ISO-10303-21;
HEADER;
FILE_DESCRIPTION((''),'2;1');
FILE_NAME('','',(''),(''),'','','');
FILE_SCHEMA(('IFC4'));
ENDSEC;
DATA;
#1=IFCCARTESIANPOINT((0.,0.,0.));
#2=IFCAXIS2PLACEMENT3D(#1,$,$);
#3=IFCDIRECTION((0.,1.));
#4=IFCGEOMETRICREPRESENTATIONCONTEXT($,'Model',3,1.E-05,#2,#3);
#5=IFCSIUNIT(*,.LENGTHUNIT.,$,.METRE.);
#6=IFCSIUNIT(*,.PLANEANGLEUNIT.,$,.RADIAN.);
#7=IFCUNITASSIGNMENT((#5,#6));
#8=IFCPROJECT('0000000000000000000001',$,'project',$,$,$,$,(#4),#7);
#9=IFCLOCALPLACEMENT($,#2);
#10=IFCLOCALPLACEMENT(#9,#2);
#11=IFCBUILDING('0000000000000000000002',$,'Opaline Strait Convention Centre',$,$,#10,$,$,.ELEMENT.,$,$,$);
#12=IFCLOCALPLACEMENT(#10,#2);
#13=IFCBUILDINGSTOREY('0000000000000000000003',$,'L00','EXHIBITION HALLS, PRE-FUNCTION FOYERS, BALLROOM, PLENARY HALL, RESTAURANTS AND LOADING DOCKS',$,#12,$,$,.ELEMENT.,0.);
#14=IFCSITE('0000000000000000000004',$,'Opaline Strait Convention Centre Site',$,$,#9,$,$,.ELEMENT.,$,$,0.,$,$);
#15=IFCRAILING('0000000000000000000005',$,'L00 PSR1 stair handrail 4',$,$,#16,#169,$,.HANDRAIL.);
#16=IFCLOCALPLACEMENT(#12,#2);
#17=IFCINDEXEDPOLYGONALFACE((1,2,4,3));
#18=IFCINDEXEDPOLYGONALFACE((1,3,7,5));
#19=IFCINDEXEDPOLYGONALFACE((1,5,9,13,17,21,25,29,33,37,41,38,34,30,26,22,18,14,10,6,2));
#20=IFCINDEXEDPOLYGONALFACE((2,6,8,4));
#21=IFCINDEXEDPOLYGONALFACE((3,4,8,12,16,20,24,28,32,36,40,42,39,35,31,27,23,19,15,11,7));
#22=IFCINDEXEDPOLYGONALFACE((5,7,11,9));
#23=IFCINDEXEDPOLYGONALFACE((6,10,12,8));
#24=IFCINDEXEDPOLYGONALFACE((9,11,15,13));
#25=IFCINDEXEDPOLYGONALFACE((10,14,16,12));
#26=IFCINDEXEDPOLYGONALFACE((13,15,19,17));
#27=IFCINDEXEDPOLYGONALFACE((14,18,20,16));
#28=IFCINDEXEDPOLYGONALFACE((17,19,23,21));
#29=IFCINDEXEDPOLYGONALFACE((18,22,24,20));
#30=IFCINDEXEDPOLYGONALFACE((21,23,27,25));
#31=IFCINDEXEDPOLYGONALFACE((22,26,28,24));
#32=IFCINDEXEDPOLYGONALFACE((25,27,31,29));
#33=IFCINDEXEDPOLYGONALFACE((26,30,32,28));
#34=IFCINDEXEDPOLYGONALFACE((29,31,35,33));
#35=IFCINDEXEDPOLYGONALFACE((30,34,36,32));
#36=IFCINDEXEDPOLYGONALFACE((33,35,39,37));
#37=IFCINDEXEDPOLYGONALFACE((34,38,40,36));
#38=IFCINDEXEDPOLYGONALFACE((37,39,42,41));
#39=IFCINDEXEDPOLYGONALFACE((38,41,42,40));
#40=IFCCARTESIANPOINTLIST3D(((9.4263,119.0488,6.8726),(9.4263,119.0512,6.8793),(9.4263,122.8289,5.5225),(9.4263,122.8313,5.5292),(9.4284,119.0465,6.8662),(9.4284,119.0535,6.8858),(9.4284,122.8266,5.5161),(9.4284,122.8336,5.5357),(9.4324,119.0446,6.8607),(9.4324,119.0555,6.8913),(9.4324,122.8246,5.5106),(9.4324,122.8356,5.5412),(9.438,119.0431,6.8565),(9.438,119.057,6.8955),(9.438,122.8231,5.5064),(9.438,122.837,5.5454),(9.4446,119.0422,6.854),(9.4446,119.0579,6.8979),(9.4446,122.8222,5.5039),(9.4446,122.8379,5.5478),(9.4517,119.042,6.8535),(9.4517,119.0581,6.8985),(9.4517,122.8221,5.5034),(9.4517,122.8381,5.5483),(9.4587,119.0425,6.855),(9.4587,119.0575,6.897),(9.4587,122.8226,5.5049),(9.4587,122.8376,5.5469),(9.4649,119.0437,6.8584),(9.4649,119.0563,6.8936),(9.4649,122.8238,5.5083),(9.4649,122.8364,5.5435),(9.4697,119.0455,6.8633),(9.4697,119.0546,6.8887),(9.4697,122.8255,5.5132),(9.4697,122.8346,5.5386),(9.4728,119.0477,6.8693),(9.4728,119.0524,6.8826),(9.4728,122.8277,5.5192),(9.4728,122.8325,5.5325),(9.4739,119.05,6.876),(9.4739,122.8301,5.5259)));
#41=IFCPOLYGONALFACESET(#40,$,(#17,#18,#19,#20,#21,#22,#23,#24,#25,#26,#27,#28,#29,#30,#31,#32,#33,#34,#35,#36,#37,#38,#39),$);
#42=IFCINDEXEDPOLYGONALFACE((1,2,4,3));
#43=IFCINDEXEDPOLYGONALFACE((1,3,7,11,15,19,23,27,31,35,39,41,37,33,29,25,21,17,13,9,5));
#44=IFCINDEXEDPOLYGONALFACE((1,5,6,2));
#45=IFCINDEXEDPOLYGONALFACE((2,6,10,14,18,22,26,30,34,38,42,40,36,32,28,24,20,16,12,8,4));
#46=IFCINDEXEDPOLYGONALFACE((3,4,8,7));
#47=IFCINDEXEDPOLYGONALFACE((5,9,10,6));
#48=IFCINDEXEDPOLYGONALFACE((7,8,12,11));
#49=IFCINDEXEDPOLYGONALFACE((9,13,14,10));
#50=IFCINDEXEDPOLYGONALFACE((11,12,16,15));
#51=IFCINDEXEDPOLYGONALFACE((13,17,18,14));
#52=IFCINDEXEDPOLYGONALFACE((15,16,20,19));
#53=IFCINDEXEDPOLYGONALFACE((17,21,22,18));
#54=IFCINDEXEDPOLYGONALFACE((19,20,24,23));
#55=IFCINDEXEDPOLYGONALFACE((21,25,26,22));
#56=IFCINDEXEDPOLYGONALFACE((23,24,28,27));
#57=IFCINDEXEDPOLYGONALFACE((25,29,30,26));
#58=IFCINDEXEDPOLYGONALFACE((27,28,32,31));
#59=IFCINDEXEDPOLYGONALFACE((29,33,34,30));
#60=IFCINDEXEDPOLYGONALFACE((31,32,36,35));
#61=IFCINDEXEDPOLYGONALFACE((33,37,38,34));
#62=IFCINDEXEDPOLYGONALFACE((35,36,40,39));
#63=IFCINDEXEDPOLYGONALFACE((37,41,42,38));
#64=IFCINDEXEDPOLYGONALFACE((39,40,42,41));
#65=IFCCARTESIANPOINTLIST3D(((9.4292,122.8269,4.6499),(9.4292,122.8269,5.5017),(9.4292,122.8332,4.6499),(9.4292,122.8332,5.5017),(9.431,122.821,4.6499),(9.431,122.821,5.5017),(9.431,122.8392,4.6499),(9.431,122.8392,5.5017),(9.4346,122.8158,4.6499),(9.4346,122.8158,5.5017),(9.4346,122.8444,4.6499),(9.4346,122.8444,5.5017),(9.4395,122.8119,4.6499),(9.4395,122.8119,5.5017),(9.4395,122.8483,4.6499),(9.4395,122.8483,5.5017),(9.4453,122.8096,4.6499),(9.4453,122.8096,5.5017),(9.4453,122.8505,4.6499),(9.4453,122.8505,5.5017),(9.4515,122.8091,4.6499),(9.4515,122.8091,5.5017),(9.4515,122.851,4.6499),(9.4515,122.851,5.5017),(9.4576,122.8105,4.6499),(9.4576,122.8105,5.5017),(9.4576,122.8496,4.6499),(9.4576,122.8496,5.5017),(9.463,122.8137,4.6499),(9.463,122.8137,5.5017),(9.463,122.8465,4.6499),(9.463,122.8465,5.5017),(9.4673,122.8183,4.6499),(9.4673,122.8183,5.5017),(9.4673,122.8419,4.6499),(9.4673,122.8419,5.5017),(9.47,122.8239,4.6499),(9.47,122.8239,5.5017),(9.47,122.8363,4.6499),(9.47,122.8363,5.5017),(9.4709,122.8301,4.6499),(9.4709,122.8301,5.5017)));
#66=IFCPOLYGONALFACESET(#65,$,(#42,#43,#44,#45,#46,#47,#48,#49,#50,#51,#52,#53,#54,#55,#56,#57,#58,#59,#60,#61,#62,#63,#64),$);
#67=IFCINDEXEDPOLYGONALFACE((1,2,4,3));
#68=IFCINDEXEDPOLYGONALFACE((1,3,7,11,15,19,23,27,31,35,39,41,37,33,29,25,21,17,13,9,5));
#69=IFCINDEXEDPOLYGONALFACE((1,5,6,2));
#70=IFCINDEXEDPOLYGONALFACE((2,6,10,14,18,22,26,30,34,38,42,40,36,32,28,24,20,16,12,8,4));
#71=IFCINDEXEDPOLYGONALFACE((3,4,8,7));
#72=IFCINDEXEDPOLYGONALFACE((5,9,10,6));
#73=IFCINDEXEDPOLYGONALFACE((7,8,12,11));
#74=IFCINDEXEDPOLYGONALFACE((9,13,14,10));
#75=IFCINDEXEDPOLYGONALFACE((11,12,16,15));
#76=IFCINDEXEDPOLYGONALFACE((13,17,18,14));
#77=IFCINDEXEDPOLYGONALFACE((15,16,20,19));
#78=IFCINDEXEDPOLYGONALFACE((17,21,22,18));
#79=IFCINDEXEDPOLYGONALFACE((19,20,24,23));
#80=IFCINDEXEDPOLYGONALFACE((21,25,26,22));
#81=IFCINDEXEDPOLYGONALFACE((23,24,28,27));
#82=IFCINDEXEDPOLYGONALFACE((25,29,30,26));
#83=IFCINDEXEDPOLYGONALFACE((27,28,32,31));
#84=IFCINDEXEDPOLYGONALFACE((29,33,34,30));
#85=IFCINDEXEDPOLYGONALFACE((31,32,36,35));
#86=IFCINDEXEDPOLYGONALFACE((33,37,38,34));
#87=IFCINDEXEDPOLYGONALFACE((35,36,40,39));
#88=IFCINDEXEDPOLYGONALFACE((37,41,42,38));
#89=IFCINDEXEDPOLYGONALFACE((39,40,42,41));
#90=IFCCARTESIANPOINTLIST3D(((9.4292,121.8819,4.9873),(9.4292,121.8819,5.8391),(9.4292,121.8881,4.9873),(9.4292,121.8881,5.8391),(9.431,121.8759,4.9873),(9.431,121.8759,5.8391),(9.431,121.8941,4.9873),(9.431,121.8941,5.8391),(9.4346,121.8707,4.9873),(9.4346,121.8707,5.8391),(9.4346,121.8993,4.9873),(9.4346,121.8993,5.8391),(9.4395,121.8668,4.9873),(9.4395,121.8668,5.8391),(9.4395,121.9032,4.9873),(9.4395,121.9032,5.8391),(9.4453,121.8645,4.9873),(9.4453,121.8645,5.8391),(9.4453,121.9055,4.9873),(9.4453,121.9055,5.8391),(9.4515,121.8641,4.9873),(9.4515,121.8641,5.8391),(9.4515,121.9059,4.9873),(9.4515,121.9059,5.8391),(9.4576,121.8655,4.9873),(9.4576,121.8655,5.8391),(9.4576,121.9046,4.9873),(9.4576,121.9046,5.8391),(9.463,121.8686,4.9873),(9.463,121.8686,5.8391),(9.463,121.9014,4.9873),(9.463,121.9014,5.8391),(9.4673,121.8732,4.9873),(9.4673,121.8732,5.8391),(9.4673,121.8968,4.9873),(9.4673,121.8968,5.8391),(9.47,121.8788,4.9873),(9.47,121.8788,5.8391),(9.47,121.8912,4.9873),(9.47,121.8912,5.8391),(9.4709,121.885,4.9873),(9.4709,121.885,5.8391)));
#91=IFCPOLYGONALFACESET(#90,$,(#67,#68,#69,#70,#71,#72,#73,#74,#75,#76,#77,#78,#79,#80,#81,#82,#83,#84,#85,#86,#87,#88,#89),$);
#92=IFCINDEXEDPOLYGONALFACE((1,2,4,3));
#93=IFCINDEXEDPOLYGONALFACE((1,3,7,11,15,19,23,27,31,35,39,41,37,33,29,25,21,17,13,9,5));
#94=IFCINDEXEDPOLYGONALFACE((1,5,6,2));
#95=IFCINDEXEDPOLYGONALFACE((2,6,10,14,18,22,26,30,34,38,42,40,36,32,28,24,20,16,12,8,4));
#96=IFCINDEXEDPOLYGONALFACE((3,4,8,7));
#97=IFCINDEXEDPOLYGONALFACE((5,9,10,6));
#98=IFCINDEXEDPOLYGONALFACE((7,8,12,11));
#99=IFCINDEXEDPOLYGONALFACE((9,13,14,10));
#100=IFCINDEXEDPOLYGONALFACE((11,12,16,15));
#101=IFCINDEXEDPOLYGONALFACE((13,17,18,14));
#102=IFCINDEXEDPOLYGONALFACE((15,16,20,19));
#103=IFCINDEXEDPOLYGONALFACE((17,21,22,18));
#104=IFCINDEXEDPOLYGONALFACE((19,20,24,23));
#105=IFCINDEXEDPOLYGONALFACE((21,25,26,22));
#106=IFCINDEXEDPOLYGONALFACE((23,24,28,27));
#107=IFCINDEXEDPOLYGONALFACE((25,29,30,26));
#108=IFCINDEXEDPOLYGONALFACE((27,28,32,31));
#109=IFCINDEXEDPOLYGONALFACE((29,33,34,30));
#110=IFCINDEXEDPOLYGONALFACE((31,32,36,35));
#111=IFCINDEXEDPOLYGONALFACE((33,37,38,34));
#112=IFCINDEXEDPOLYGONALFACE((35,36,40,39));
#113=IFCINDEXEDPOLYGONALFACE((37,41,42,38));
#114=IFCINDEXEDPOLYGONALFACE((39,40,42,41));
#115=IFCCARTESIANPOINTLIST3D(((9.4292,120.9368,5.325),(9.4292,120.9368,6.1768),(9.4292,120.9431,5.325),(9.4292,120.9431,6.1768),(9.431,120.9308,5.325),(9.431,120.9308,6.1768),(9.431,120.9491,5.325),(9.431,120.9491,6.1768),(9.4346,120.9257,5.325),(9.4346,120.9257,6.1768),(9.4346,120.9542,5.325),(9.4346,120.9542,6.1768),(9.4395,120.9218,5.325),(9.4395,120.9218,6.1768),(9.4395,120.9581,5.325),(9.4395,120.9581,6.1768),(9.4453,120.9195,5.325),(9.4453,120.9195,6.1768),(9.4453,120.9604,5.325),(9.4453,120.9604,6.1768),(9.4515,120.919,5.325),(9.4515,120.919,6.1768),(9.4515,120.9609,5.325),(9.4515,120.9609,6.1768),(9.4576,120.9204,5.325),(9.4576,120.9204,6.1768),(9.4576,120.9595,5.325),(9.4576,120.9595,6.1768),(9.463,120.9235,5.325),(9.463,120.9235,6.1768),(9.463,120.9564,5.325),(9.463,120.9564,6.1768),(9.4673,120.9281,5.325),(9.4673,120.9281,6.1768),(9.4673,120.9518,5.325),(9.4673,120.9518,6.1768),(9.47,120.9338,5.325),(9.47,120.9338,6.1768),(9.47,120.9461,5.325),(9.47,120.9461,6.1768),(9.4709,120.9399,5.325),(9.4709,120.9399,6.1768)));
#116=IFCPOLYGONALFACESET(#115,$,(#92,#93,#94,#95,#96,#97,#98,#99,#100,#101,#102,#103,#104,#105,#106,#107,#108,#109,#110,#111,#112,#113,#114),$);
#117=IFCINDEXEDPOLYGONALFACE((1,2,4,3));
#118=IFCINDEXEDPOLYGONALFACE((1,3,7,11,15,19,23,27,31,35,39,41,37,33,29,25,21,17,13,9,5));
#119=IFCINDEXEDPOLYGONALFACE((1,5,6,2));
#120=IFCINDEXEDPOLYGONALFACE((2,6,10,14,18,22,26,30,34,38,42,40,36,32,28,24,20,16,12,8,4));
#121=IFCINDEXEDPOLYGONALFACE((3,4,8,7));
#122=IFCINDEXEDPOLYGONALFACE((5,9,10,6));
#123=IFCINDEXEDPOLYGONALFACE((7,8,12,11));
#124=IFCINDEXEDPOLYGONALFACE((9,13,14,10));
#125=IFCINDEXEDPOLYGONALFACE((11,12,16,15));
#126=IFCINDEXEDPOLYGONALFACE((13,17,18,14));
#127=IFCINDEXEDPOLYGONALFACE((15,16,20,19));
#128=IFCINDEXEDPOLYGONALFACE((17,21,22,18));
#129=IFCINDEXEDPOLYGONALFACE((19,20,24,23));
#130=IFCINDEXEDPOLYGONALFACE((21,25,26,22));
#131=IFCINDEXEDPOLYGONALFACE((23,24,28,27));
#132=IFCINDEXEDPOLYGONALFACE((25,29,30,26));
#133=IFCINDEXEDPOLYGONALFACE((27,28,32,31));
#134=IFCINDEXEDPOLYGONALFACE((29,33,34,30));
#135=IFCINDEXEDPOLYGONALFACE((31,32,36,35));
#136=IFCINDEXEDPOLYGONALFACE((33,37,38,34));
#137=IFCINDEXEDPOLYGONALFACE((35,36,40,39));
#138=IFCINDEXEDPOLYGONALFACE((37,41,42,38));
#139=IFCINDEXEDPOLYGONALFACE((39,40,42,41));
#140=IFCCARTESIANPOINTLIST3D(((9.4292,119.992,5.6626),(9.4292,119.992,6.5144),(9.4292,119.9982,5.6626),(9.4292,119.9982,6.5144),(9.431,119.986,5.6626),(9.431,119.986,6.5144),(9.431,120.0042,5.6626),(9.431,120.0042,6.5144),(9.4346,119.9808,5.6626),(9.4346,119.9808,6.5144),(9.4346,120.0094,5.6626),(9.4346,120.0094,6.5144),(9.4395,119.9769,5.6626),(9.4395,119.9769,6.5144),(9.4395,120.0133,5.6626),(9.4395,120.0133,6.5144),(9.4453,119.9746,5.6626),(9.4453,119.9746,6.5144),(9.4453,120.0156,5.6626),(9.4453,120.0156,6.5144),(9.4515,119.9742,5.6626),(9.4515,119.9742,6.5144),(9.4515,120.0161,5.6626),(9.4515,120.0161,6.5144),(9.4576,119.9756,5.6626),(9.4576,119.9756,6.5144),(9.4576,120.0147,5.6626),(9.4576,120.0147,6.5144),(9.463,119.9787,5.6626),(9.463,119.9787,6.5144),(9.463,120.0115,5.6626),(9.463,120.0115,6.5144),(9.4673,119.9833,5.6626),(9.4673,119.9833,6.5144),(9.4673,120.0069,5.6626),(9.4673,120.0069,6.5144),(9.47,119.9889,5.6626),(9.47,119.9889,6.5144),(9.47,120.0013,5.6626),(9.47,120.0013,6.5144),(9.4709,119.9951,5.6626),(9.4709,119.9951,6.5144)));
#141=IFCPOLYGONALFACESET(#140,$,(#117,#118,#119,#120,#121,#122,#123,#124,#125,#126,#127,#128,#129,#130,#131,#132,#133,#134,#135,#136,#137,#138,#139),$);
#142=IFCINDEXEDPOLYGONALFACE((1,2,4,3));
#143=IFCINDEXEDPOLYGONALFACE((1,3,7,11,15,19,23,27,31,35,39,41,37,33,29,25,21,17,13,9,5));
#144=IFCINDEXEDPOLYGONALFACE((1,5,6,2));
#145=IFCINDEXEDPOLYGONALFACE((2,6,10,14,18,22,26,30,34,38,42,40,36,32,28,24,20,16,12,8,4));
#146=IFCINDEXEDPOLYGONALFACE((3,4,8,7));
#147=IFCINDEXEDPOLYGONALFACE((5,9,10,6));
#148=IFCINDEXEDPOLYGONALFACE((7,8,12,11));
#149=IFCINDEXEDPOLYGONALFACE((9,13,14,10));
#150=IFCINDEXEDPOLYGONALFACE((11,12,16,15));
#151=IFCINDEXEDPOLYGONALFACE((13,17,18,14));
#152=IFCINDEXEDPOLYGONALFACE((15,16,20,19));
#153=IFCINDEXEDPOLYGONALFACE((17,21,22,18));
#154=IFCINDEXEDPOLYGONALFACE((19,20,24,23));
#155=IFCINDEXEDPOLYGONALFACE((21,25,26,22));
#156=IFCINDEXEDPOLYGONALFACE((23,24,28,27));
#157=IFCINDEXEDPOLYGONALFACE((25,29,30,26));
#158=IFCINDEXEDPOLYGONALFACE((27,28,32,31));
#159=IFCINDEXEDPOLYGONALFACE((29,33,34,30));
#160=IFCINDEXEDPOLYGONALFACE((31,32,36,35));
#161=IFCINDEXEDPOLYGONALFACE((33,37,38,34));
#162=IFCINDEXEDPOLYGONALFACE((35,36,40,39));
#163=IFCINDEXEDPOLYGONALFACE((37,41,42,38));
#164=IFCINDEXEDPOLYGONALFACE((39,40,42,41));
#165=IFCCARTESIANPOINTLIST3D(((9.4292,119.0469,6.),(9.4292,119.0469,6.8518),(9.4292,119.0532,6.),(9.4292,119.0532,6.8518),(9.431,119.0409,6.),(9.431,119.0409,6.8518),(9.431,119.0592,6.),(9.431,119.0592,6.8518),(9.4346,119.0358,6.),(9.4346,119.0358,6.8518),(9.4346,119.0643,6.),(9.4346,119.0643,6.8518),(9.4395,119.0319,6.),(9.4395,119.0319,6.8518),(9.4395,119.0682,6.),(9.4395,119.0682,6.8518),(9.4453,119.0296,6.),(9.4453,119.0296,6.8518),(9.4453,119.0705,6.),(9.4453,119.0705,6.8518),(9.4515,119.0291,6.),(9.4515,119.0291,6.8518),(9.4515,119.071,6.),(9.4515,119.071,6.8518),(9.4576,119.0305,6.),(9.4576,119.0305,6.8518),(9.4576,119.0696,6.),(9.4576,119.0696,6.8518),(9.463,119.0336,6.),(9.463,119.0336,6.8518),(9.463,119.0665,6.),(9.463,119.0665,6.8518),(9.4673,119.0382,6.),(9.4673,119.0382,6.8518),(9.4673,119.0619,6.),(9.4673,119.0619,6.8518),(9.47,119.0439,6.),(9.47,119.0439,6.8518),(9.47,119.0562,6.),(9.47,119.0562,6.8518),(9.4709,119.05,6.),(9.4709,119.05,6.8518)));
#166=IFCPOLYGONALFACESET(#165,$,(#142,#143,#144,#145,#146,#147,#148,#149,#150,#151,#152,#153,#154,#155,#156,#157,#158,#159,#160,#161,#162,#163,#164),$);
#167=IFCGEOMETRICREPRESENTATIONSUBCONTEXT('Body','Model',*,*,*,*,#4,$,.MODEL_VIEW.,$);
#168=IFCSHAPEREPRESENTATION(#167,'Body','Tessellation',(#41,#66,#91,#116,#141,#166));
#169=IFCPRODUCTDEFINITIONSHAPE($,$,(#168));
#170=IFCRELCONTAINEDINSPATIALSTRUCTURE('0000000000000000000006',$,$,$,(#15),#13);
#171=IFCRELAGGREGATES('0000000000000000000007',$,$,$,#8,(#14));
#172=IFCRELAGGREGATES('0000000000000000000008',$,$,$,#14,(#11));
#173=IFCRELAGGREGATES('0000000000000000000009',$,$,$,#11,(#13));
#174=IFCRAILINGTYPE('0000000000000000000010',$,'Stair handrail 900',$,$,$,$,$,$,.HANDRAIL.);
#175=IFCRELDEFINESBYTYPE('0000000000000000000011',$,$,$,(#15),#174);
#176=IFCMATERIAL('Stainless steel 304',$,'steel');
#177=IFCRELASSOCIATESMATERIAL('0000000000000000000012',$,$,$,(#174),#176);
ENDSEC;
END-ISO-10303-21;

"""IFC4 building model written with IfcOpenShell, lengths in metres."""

from ifc_helpers import new_model, si_unit, direction, frame, origin, origin_2d, place, context, subcontext, project, spatial, circle, extrude, material, type_object, element, save


model = new_model("IFC4")

# Units and contexts
model_context = context("Model", 3, precision=1e-05, world=origin(), true_north=direction((0.0, 1.0)))
body_context = subcontext(model_context, "Body", "Model", "MODEL_VIEW")
ifc_project = project(units=[si_unit("LENGTHUNIT", "METRE"), si_unit("PLANEANGLEUNIT", "RADIAN")], contexts=[model_context])

# Site, building, storey
site_placement = place(None, origin())
site = spatial("IfcSite", under=ifc_project, at=site_placement, Name="Opaline Strait Convention Centre Site", CompositionType="ELEMENT", RefElevation=0.0)
building_placement = place(site_placement, origin())
building = spatial("IfcBuilding", under=site, at=building_placement, Name="Opaline Strait Convention Centre", CompositionType="ELEMENT")
storey_placement = place(building_placement, origin())
storey = spatial("IfcBuildingStorey", under=building, at=storey_placement, Name="L00", Description="EXHIBITION HALLS, PRE-FUNCTION FOYERS, BALLROOM, PLENARY HALL, RESTAURANTS AND LOADING DOCKS", CompositionType="ELEMENT", Elevation=0.0)

# Railing
ifc_material_1 = material(Name="Stainless steel 304", Category="steel")
railing_type_1 = type_object("IfcRailingType", Name="Stair handrail 900", PredefinedType="HANDRAIL", material=ifc_material_1)
for number, where, name in (
    (1, (9.45, 122.8301, 4.6499), "L00 PSR1 stair handrail 4"),
):
    element("IfcRailing", number, at=place(storey_placement, frame(where)), inside=storey, type_object=railing_type_1, Name=name, PredefinedType="HANDRAIL", context=body_context, shape_type="SweptSolid", body=[
        extrude(circle(Radius=0.0239, at=origin_2d()), frame((0.0, 0.0, 0.876), z_axis=(0.0, -0.941735, 0.336356), x_axis=(1.0, 0.0, 0.0)), (0.0, 0.0, 1.0), 4.0139),
        extrude(circle(Radius=0.021, at=origin_2d()), origin(), (0.0, 0.0, 1.0), 0.8518),
        extrude(circle(Radius=0.021, at=origin_2d()), frame((0.0, -0.9451, 0.3374)), (0.0, 0.0, 1.0), 0.8518),
        extrude(circle(Radius=0.021, at=origin_2d()), frame((0.0, -1.8901, 0.675)), (0.0, 0.0, 1.0), 0.8518),
        extrude(circle(Radius=0.021, at=origin_2d()), frame((0.0, -2.835, 1.0127)), (0.0, 0.0, 1.0), 0.8518),
        extrude(circle(Radius=0.021, at=origin_2d()), frame((0.0, -3.78, 1.3501)), (0.0, 0.0, 1.0), 0.8518),
    ])

save(model, "model.ifc")
